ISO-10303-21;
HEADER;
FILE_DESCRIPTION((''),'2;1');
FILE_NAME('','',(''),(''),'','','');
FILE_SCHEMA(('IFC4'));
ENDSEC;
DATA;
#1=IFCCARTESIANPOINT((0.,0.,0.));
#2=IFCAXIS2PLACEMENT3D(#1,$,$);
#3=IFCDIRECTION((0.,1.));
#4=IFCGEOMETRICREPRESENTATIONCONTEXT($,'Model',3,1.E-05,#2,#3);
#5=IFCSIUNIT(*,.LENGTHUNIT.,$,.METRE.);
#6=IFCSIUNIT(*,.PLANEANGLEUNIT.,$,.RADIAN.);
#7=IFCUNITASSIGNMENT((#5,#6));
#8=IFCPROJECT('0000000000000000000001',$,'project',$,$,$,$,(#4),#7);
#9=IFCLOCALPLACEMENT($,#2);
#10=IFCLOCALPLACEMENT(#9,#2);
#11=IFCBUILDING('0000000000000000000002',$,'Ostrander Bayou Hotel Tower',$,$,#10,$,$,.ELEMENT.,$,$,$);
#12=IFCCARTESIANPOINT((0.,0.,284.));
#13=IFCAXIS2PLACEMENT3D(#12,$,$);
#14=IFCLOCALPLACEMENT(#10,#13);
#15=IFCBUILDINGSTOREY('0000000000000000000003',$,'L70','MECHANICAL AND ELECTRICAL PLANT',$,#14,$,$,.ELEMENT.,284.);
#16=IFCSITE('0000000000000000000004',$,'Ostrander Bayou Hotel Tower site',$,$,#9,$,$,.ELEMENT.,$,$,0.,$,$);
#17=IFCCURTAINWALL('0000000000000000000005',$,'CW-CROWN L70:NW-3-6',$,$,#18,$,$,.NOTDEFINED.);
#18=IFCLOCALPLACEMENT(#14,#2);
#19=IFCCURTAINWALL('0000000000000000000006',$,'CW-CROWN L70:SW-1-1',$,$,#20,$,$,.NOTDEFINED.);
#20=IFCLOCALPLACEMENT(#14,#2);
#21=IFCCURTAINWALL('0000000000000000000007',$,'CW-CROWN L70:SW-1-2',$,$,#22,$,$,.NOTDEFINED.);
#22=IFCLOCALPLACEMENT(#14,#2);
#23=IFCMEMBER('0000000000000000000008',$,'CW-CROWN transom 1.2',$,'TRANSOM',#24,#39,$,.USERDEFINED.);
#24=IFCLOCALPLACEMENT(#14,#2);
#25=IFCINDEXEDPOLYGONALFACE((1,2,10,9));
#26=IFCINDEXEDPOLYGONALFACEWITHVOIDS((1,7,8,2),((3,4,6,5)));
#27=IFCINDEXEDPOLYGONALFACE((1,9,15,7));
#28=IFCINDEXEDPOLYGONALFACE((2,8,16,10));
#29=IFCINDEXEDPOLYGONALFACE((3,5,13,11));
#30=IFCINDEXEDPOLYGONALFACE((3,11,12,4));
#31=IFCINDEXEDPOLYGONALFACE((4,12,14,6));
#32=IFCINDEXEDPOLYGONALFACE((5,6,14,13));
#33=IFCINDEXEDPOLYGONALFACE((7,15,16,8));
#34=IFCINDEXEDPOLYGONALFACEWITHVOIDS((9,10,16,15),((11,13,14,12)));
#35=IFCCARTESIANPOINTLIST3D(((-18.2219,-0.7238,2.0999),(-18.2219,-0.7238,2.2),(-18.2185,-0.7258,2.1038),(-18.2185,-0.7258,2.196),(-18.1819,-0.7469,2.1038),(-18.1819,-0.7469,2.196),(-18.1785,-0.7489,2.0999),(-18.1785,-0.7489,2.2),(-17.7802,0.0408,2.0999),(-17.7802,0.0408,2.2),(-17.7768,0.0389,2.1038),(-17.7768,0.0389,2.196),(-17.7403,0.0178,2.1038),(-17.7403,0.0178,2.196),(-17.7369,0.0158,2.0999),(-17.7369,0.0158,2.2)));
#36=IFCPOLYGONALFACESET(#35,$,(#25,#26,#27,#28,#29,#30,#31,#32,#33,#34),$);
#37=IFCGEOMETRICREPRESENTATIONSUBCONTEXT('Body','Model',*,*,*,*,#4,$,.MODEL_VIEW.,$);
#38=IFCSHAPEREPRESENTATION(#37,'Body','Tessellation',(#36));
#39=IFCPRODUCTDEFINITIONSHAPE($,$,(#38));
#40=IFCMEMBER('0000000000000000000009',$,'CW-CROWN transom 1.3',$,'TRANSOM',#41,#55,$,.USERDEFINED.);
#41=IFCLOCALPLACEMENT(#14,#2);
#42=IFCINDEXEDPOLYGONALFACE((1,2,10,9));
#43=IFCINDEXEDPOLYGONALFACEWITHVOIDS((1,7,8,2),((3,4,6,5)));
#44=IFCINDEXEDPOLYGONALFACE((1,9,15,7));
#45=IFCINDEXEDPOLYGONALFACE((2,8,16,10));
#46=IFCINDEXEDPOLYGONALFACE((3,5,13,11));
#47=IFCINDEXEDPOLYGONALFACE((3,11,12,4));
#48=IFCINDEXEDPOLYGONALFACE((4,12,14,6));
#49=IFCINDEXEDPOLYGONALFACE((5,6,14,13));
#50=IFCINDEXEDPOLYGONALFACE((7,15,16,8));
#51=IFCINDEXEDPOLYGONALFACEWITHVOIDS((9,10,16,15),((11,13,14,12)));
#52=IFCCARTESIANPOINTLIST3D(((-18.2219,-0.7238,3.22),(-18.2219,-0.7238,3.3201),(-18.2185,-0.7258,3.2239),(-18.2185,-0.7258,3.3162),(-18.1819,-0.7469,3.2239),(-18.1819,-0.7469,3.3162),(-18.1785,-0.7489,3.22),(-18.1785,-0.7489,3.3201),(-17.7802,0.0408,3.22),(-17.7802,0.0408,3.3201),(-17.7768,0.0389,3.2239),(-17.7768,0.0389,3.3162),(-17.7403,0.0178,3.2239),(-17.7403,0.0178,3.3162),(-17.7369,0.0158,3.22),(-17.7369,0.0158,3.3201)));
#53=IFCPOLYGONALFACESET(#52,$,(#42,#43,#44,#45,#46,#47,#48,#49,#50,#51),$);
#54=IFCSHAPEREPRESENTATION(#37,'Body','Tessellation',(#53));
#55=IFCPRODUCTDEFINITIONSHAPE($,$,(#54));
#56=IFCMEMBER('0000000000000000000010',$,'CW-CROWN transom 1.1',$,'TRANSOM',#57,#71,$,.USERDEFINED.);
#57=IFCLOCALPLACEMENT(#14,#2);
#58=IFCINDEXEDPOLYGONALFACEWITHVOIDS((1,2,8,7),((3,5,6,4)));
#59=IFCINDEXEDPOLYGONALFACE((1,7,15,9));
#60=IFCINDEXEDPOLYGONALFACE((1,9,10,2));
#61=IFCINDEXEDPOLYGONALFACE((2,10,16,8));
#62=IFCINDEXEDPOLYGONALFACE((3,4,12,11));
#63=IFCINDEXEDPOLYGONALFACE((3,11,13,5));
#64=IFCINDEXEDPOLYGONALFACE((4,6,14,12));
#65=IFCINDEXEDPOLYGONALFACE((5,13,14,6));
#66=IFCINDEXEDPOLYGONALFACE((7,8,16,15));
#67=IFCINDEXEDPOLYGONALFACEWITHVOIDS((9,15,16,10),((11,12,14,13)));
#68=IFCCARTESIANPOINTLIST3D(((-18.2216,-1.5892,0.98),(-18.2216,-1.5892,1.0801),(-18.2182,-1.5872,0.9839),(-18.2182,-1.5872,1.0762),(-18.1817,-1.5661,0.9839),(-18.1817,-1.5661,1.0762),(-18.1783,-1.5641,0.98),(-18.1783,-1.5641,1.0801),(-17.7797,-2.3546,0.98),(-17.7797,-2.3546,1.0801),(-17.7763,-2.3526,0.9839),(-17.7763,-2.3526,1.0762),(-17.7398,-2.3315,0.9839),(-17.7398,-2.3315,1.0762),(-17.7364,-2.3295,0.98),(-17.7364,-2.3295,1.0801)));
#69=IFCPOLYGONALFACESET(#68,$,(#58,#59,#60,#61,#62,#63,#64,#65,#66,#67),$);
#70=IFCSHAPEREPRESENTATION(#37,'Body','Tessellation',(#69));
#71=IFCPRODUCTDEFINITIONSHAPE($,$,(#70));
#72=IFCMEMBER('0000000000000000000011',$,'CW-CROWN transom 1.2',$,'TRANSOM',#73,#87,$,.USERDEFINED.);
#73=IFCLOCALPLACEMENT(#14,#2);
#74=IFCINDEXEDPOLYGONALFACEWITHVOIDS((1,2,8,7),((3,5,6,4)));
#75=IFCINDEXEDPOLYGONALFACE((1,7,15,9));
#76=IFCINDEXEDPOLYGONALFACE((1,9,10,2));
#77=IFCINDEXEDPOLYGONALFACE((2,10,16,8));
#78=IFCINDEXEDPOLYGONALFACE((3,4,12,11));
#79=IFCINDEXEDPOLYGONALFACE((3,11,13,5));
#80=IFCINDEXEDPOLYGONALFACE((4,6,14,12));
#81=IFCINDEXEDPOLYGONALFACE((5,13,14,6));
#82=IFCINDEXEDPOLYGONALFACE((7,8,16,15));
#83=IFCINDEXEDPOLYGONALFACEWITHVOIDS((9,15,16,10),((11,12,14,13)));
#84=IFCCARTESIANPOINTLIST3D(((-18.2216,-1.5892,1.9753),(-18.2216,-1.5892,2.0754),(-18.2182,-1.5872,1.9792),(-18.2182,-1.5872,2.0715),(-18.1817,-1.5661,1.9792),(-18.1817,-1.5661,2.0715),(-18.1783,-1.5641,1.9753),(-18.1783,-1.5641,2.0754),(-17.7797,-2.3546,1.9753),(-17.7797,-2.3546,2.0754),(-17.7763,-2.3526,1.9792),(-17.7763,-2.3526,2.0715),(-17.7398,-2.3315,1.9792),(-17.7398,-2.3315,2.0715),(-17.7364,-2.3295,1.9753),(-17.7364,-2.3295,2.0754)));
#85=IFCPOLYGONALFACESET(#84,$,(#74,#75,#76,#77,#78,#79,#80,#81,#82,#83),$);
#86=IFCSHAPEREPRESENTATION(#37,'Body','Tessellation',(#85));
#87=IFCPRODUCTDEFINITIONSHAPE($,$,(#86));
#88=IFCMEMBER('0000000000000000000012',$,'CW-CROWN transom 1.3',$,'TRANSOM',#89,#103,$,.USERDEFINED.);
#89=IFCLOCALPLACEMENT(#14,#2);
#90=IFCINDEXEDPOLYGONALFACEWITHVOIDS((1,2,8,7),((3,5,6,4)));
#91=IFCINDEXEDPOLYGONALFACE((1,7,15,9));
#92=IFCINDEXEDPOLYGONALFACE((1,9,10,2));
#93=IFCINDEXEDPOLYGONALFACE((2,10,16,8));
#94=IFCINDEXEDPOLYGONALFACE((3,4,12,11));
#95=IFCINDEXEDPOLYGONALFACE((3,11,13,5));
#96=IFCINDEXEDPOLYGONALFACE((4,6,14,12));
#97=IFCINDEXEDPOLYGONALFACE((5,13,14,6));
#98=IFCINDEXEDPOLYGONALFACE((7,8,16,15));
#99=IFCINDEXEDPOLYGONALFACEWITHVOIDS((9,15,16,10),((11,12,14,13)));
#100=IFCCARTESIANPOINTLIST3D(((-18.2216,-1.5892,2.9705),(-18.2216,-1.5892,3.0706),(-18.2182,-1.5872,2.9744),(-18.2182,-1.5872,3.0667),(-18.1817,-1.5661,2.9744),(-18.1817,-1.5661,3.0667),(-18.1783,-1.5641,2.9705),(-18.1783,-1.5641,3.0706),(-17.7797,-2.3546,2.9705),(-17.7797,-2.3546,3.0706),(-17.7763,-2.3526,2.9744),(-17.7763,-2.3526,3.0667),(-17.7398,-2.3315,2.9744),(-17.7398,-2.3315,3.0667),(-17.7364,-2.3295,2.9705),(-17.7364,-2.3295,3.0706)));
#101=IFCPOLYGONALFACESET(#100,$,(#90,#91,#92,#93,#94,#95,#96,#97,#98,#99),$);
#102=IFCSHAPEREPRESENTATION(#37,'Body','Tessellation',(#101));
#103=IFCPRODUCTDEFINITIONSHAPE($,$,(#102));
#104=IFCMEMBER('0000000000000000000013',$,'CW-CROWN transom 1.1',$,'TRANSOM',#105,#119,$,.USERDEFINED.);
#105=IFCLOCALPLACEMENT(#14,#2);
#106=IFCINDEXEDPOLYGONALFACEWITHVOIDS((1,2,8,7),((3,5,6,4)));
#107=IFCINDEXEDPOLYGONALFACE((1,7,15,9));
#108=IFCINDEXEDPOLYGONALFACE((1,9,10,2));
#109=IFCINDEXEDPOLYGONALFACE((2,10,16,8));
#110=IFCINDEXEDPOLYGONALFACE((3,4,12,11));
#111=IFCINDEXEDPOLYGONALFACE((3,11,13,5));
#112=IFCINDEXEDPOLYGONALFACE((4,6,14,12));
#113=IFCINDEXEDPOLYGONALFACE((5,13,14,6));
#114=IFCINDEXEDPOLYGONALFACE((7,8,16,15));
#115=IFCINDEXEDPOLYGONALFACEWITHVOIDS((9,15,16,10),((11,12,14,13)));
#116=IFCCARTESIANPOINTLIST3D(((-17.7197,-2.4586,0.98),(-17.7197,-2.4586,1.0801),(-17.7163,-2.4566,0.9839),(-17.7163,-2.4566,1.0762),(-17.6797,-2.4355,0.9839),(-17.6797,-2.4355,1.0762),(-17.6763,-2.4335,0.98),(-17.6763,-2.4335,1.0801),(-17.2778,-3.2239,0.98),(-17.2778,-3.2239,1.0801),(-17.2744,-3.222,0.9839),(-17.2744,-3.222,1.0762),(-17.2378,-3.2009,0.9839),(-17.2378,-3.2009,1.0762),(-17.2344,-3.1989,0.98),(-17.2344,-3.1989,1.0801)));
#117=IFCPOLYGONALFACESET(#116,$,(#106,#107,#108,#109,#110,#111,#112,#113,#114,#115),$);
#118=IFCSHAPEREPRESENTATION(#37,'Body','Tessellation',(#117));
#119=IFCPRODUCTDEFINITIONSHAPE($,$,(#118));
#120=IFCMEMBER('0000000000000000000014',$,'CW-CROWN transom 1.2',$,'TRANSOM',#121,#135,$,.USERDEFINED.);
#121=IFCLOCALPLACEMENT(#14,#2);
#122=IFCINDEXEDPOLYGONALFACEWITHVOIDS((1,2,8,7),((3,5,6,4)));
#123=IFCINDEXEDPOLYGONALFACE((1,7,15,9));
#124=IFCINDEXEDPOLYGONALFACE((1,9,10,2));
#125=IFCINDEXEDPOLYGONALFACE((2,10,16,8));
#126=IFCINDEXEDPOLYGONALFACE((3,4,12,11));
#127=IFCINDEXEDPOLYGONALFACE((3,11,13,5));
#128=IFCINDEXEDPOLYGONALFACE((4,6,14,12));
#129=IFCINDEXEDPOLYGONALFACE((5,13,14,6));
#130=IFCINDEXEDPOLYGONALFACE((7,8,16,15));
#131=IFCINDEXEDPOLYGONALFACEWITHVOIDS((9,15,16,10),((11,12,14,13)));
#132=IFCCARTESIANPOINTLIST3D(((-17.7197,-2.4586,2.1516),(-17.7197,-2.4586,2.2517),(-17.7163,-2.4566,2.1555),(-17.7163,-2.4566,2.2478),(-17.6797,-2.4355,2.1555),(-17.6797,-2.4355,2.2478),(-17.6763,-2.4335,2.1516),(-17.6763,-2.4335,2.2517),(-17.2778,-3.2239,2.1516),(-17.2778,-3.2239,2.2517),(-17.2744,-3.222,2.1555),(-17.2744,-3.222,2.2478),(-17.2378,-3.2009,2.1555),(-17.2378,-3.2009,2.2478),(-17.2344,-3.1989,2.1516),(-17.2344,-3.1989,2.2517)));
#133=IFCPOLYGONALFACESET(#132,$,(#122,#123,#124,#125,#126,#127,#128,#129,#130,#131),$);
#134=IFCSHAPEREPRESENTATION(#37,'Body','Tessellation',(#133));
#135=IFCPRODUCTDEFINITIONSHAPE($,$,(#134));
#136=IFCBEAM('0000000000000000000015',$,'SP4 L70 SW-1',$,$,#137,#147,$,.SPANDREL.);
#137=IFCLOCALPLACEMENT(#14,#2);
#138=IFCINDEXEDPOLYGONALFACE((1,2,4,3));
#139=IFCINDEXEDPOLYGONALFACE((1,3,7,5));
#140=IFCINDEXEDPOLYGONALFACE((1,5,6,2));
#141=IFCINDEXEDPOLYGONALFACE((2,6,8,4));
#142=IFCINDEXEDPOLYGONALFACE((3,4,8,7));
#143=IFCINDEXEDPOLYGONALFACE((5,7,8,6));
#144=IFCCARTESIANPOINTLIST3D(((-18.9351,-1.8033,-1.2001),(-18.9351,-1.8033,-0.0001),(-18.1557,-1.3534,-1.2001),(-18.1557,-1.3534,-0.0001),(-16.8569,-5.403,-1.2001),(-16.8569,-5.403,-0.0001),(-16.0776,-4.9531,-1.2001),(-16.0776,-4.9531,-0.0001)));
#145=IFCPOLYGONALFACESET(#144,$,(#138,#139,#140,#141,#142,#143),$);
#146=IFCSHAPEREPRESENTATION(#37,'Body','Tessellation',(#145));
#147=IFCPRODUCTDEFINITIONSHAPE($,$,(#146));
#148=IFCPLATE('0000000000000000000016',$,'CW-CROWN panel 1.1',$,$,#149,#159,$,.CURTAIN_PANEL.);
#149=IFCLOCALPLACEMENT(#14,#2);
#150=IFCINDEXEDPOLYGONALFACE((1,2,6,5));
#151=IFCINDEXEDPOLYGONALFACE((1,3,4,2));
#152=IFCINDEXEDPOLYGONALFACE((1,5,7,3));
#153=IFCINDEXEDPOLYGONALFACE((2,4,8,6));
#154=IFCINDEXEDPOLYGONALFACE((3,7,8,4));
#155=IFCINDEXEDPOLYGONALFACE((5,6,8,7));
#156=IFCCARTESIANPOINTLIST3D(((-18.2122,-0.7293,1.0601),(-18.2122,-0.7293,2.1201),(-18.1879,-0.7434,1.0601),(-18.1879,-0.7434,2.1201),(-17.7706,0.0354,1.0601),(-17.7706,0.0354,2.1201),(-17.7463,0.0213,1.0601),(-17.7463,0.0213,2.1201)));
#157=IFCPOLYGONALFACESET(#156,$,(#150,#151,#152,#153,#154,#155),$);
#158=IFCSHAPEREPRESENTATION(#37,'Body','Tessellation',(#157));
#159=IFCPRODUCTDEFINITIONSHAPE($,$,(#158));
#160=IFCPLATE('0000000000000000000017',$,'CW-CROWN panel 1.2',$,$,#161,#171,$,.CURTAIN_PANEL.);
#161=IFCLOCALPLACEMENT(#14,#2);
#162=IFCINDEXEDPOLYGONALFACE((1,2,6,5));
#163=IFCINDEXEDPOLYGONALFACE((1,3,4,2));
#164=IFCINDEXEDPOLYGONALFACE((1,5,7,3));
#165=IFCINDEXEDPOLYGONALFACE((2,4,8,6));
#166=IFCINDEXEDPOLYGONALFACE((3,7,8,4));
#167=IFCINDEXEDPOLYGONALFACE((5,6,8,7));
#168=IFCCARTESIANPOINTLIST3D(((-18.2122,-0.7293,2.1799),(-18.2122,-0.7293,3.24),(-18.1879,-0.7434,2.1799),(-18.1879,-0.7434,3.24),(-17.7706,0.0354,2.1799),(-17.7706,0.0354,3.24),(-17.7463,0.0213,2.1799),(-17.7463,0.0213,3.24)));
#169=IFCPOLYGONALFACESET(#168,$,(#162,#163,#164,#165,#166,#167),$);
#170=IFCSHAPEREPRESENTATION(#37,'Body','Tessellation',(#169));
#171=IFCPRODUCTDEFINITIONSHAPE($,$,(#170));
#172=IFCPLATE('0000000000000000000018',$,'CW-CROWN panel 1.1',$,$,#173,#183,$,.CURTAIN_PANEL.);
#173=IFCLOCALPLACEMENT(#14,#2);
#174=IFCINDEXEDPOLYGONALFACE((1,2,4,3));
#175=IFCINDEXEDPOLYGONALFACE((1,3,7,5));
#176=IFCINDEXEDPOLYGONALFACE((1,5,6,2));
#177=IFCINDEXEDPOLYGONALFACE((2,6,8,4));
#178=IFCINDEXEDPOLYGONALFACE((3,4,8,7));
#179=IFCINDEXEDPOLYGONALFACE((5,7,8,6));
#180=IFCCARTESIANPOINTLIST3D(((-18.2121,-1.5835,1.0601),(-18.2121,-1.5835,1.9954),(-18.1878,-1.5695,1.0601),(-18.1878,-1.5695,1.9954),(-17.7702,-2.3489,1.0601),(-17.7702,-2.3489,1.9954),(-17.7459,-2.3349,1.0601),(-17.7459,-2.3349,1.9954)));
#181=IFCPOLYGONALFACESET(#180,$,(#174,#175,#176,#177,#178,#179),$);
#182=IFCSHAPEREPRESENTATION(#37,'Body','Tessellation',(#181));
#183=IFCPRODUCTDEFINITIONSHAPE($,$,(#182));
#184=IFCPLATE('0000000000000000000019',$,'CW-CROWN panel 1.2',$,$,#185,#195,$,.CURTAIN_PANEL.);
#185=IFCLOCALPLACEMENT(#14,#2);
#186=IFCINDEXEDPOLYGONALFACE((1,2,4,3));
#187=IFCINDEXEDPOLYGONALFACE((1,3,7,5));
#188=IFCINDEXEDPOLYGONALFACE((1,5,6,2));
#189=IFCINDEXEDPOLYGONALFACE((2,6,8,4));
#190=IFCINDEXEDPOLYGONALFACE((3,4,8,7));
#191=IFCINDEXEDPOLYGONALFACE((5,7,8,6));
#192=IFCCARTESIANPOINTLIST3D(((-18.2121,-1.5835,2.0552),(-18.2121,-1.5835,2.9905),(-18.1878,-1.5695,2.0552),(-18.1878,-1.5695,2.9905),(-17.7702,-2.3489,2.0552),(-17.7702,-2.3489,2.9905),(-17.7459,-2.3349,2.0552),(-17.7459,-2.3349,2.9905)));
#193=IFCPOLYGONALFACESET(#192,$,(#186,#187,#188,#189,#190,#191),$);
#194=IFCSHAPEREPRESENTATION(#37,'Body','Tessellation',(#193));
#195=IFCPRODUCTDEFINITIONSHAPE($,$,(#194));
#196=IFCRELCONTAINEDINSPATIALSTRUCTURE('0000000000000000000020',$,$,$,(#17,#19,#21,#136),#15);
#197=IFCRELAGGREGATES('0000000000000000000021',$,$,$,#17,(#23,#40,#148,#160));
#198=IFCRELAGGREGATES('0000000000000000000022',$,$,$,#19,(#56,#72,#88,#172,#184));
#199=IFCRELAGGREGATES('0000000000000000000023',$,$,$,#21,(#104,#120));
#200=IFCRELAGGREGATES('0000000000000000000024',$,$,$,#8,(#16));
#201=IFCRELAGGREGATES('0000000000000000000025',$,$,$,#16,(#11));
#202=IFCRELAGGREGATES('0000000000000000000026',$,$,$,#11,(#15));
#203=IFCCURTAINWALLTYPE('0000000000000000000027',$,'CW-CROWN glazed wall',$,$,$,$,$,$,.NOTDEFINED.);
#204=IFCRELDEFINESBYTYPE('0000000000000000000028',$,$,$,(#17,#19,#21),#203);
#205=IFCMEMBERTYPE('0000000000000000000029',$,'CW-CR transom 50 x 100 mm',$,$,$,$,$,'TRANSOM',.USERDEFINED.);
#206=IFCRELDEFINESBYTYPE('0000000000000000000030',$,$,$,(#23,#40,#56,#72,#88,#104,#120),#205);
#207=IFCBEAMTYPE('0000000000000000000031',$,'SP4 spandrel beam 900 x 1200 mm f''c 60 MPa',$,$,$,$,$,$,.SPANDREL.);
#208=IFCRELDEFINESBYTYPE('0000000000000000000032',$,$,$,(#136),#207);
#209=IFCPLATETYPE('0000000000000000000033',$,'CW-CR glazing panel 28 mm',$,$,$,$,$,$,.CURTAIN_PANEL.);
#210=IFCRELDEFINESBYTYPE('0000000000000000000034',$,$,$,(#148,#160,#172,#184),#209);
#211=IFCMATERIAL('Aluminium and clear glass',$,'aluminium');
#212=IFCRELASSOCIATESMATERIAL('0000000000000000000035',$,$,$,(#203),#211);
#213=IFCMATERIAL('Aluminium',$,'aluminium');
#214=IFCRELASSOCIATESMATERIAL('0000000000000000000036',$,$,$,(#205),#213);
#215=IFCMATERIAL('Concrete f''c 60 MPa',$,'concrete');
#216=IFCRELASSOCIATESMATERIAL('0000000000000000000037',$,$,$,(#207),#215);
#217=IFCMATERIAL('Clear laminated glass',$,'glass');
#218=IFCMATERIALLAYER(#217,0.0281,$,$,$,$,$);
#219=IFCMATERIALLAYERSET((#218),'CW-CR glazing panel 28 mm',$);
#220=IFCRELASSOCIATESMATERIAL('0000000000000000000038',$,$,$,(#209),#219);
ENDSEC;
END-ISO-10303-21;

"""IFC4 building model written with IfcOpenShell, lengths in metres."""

from ifc_helpers import new_model, si_unit, direction, frame, origin, origin_2d, place, context, subcontext, project, spatial, rectangle, hollow_rectangle, extrude, material, layer, layer_set, material_profile, profile_set, type_object, element, aggregate, save


model = new_model("IFC4")

# Units and contexts
model_context = context("Model", 3, precision=1e-05, world=origin(), true_north=direction((0.0, 1.0)))
body_context = subcontext(model_context, "Body", "Model", "MODEL_VIEW")
ifc_project = project(units=[si_unit("LENGTHUNIT", "METRE"), si_unit("PLANEANGLEUNIT", "RADIAN")], contexts=[model_context])

# Site, building, storey
site_placement = place(None, origin())
site = spatial("IfcSite", under=ifc_project, at=site_placement, Name="Ostrander Bayou Hotel Tower site", CompositionType="ELEMENT", RefElevation=0.0)
building_placement = place(site_placement, origin())
building = spatial("IfcBuilding", under=site, at=building_placement, Name="Ostrander Bayou Hotel Tower", CompositionType="ELEMENT")
storey_placement = place(building_placement, frame((0.0, 0.0, 284.0)))
storey = spatial("IfcBuildingStorey", under=building, at=storey_placement, Name="L70", Description="MECHANICAL AND ELECTRICAL PLANT", CompositionType="ELEMENT", Elevation=284.0)

# Curtain walls
ifc_material_1 = material(Name="Aluminium and clear glass", Category="aluminium")
curtain_wall_type = type_object("IfcCurtainWallType", Name="CW-CROWN glazed wall", PredefinedType="NOTDEFINED", material=ifc_material_1)
curtain_wall_1_placement = place(storey_placement, origin())
curtain_wall_1 = element("IfcCurtainWall", 1, at=curtain_wall_1_placement, inside=storey, type_object=curtain_wall_type, Name="CW-CROWN L70:NW-3-6", PredefinedType="NOTDEFINED")
curtain_wall_2_placement = place(storey_placement, origin())
curtain_wall_2 = element("IfcCurtainWall", 2, at=curtain_wall_2_placement, inside=storey, type_object=curtain_wall_type, Name="CW-CROWN L70:SW-1-1", PredefinedType="NOTDEFINED")
curtain_wall_3_placement = place(storey_placement, origin())
curtain_wall_3 = element("IfcCurtainWall", 3, at=curtain_wall_3_placement, inside=storey, type_object=curtain_wall_type, Name="CW-CROWN L70:SW-1-2", PredefinedType="NOTDEFINED")

# Members
ifc_material_2 = material(Name="Aluminium", Category="aluminium")
ifc_material_profile_1 = material_profile(ifc_material_2, hollow_rectangle(XDim=0.05, YDim=0.1001, WallThickness=0.0039, at=origin_2d()))
ifc_profile_set_1 = profile_set([ifc_material_profile_1], Name="Aluminium")
member_type_1 = type_object("IfcMemberType", Name="CW-CR transom 50 x 100 mm", ElementType="TRANSOM", PredefinedType="USERDEFINED", material=ifc_profile_set_1)
member_1_placement = place(storey_placement, frame((-17.7585, 0.0283, 2.1499), z_axis=(-0.500153, -0.865937, 0.0), x_axis=(0.865937, -0.500153, 0.0)))
member_1 = element("IfcMember", 4, at=member_1_placement, type_object=member_type_1, Name="CW-CROWN transom 1.2", ObjectType="TRANSOM", PredefinedType="USERDEFINED", context=body_context, shape_type="SweptSolid", body=[
    extrude(hollow_rectangle(XDim=0.05, YDim=0.1001, WallThickness=0.0039, at=origin_2d()), origin(), (0.0, 0.0, 1.0), 0.8831),
])
member_2_placement = place(storey_placement, frame((-17.7585, 0.0283, 3.27), z_axis=(-0.500153, -0.865937, 0.0), x_axis=(0.865937, -0.500153, 0.0)))
member_2 = element("IfcMember", 5, at=member_2_placement, type_object=member_type_1, Name="CW-CROWN transom 1.3", ObjectType="TRANSOM", PredefinedType="USERDEFINED", context=body_context, shape_type="SweptSolid", body=[
    extrude(hollow_rectangle(XDim=0.05, YDim=0.1001, WallThickness=0.0039, at=origin_2d()), origin(), (0.0, 0.0, 1.0), 0.8831),
])
member_3_placement = place(storey_placement, frame((-18.2, -1.5767, 1.03), z_axis=(0.500001, -0.866025, 0.0), x_axis=(0.866025, 0.500001, 0.0)))
member_3 = element("IfcMember", 6, at=member_3_placement, type_object=member_type_1, Name="CW-CROWN transom 1.1", ObjectType="TRANSOM", PredefinedType="USERDEFINED", context=body_context, shape_type="SweptSolid", body=[
    extrude(hollow_rectangle(XDim=0.05, YDim=0.1001, WallThickness=0.0039, at=origin_2d()), origin(), (0.0, 0.0, 1.0), 0.8838),
])
member_4_placement = place(storey_placement, frame((-18.2, -1.5767, 2.0254), z_axis=(0.500001, -0.866025, 0.0), x_axis=(0.866025, 0.500001, 0.0)))
member_4 = element("IfcMember", 7, at=member_4_placement, type_object=member_type_1, Name="CW-CROWN transom 1.2", ObjectType="TRANSOM", PredefinedType="USERDEFINED", context=body_context, shape_type="SweptSolid", body=[
    extrude(hollow_rectangle(XDim=0.05, YDim=0.1001, WallThickness=0.0039, at=origin_2d()), origin(), (0.0, 0.0, 1.0), 0.8838),
])
member_5_placement = place(storey_placement, frame((-18.2, -1.5767, 3.0205), z_axis=(0.500001, -0.866025, 0.0), x_axis=(0.866025, 0.500001, 0.0)))
member_5 = element("IfcMember", 8, at=member_5_placement, type_object=member_type_1, Name="CW-CROWN transom 1.3", ObjectType="TRANSOM", PredefinedType="USERDEFINED", context=body_context, shape_type="SweptSolid", body=[
    extrude(hollow_rectangle(XDim=0.05, YDim=0.1001, WallThickness=0.0039, at=origin_2d()), origin(), (0.0, 0.0, 1.0), 0.8838),
])
member_6_placement = place(storey_placement, frame((-17.698, -2.446, 1.03), z_axis=(0.500001, -0.866025, 0.0), x_axis=(0.866025, 0.500001, 0.0)))
member_6 = element("IfcMember", 9, at=member_6_placement, type_object=member_type_1, Name="CW-CROWN transom 1.1", ObjectType="TRANSOM", PredefinedType="USERDEFINED", context=body_context, shape_type="SweptSolid", body=[
    extrude(hollow_rectangle(XDim=0.05, YDim=0.1001, WallThickness=0.0039, at=origin_2d()), origin(), (0.0, 0.0, 1.0), 0.8838),
])
member_7_placement = place(storey_placement, frame((-17.698, -2.446, 2.2017), z_axis=(0.500001, -0.866025, 0.0), x_axis=(0.866025, 0.500001, 0.0)))
member_7 = element("IfcMember", 10, at=member_7_placement, type_object=member_type_1, Name="CW-CROWN transom 1.2", ObjectType="TRANSOM", PredefinedType="USERDEFINED", context=body_context, shape_type="SweptSolid", body=[
    extrude(hollow_rectangle(XDim=0.05, YDim=0.1001, WallThickness=0.0039, at=origin_2d()), origin(), (0.0, 0.0, 1.0), 0.8838),
])

# Beam
ifc_material_3 = material(Name="Concrete f'c 60 MPa", Category="concrete")
ifc_material_profile_2 = material_profile(ifc_material_3, rectangle(XDim=0.8999, YDim=1.2, at=origin_2d()))
ifc_profile_set_2 = profile_set([ifc_material_profile_2], Name="Concrete f'c 60 MPa")
beam_type = type_object("IfcBeamType", Name="SP4 spandrel beam 900 x 1200 mm f'c 60 MPa", PredefinedType="SPANDREL", material=ifc_profile_set_2)
beam_placement = place(storey_placement, frame((-18.5454, -1.5784, -0.6001), z_axis=(0.49998, -0.866037, 0.0), x_axis=(0.866037, 0.49998, 0.0)))
element("IfcBeam", 11, at=beam_placement, inside=storey, type_object=beam_type, Name="SP4 L70 SW-1", PredefinedType="SPANDREL", context=body_context, shape_type="SweptSolid", body=[
    extrude(rectangle(XDim=0.8999, YDim=1.2, at=origin_2d()), origin(), (0.0, 0.0, 1.0), 4.1565),
])

# Plates
ifc_material_4 = material(Name="Clear laminated glass", Category="glass")
ifc_layer_1 = layer(ifc_material_4, 0.0281)
ifc_layer_set_1 = layer_set([ifc_layer_1], Name="CW-CR glazing panel 28 mm")
plate_type = type_object("IfcPlateType", Name="CW-CR glazing panel 28 mm", PredefinedType="CURTAIN_PANEL", material=ifc_layer_set_1)
plate_1_placement = place(storey_placement, frame((-17.9792, -0.354, 1.0601), z_axis=(0.0, 0.0, 1.0), x_axis=(-0.500085, -0.865976, 0.0)))
plate_1 = element("IfcPlate", 12, at=plate_1_placement, type_object=plate_type, Name="CW-CROWN panel 1.1", PredefinedType="CURTAIN_PANEL", context=body_context, shape_type="SweptSolid", body=[
    extrude(rectangle(XDim=0.8831, YDim=0.0281, at=origin_2d()), origin(), (0.0, 0.0, 1.0), 1.0601),
])
plate_2_placement = place(storey_placement, frame((-17.9792, -0.354, 2.1799), z_axis=(0.0, 0.0, 1.0), x_axis=(-0.500085, -0.865976, 0.0)))
plate_2 = element("IfcPlate", 13, at=plate_2_placement, type_object=plate_type, Name="CW-CROWN panel 1.2", PredefinedType="CURTAIN_PANEL", context=body_context, shape_type="SweptSolid", body=[
    extrude(rectangle(XDim=0.8831, YDim=0.0281, at=origin_2d()), origin(), (0.0, 0.0, 1.0), 1.0601),
])
aggregate(curtain_wall_1, [member_1, member_2, plate_1, plate_2])
plate_3_placement = place(storey_placement, frame((-17.979, -1.9592, 1.0601), z_axis=(0.0, 0.0, 1.0), x_axis=(0.499964, -0.866046, 0.0)))
plate_3 = element("IfcPlate", 14, at=plate_3_placement, type_object=plate_type, Name="CW-CROWN panel 1.1", PredefinedType="CURTAIN_PANEL", context=body_context, shape_type="SweptSolid", body=[
    extrude(rectangle(XDim=0.8838, YDim=0.0281, at=origin_2d()), origin(), (0.0, 0.0, 1.0), 0.9353),
])
plate_4_placement = place(storey_placement, frame((-17.979, -1.9592, 2.0552), z_axis=(0.0, 0.0, 1.0), x_axis=(0.499964, -0.866046, 0.0)))
plate_4 = element("IfcPlate", 15, at=plate_4_placement, type_object=plate_type, Name="CW-CROWN panel 1.2", PredefinedType="CURTAIN_PANEL", context=body_context, shape_type="SweptSolid", body=[
    extrude(rectangle(XDim=0.8838, YDim=0.0281, at=origin_2d()), origin(), (0.0, 0.0, 1.0), 0.9353),
])
aggregate(curtain_wall_2, [member_3, member_4, member_5, plate_3, plate_4])
aggregate(curtain_wall_3, [member_6, member_7])

save(model, "model.ifc")
